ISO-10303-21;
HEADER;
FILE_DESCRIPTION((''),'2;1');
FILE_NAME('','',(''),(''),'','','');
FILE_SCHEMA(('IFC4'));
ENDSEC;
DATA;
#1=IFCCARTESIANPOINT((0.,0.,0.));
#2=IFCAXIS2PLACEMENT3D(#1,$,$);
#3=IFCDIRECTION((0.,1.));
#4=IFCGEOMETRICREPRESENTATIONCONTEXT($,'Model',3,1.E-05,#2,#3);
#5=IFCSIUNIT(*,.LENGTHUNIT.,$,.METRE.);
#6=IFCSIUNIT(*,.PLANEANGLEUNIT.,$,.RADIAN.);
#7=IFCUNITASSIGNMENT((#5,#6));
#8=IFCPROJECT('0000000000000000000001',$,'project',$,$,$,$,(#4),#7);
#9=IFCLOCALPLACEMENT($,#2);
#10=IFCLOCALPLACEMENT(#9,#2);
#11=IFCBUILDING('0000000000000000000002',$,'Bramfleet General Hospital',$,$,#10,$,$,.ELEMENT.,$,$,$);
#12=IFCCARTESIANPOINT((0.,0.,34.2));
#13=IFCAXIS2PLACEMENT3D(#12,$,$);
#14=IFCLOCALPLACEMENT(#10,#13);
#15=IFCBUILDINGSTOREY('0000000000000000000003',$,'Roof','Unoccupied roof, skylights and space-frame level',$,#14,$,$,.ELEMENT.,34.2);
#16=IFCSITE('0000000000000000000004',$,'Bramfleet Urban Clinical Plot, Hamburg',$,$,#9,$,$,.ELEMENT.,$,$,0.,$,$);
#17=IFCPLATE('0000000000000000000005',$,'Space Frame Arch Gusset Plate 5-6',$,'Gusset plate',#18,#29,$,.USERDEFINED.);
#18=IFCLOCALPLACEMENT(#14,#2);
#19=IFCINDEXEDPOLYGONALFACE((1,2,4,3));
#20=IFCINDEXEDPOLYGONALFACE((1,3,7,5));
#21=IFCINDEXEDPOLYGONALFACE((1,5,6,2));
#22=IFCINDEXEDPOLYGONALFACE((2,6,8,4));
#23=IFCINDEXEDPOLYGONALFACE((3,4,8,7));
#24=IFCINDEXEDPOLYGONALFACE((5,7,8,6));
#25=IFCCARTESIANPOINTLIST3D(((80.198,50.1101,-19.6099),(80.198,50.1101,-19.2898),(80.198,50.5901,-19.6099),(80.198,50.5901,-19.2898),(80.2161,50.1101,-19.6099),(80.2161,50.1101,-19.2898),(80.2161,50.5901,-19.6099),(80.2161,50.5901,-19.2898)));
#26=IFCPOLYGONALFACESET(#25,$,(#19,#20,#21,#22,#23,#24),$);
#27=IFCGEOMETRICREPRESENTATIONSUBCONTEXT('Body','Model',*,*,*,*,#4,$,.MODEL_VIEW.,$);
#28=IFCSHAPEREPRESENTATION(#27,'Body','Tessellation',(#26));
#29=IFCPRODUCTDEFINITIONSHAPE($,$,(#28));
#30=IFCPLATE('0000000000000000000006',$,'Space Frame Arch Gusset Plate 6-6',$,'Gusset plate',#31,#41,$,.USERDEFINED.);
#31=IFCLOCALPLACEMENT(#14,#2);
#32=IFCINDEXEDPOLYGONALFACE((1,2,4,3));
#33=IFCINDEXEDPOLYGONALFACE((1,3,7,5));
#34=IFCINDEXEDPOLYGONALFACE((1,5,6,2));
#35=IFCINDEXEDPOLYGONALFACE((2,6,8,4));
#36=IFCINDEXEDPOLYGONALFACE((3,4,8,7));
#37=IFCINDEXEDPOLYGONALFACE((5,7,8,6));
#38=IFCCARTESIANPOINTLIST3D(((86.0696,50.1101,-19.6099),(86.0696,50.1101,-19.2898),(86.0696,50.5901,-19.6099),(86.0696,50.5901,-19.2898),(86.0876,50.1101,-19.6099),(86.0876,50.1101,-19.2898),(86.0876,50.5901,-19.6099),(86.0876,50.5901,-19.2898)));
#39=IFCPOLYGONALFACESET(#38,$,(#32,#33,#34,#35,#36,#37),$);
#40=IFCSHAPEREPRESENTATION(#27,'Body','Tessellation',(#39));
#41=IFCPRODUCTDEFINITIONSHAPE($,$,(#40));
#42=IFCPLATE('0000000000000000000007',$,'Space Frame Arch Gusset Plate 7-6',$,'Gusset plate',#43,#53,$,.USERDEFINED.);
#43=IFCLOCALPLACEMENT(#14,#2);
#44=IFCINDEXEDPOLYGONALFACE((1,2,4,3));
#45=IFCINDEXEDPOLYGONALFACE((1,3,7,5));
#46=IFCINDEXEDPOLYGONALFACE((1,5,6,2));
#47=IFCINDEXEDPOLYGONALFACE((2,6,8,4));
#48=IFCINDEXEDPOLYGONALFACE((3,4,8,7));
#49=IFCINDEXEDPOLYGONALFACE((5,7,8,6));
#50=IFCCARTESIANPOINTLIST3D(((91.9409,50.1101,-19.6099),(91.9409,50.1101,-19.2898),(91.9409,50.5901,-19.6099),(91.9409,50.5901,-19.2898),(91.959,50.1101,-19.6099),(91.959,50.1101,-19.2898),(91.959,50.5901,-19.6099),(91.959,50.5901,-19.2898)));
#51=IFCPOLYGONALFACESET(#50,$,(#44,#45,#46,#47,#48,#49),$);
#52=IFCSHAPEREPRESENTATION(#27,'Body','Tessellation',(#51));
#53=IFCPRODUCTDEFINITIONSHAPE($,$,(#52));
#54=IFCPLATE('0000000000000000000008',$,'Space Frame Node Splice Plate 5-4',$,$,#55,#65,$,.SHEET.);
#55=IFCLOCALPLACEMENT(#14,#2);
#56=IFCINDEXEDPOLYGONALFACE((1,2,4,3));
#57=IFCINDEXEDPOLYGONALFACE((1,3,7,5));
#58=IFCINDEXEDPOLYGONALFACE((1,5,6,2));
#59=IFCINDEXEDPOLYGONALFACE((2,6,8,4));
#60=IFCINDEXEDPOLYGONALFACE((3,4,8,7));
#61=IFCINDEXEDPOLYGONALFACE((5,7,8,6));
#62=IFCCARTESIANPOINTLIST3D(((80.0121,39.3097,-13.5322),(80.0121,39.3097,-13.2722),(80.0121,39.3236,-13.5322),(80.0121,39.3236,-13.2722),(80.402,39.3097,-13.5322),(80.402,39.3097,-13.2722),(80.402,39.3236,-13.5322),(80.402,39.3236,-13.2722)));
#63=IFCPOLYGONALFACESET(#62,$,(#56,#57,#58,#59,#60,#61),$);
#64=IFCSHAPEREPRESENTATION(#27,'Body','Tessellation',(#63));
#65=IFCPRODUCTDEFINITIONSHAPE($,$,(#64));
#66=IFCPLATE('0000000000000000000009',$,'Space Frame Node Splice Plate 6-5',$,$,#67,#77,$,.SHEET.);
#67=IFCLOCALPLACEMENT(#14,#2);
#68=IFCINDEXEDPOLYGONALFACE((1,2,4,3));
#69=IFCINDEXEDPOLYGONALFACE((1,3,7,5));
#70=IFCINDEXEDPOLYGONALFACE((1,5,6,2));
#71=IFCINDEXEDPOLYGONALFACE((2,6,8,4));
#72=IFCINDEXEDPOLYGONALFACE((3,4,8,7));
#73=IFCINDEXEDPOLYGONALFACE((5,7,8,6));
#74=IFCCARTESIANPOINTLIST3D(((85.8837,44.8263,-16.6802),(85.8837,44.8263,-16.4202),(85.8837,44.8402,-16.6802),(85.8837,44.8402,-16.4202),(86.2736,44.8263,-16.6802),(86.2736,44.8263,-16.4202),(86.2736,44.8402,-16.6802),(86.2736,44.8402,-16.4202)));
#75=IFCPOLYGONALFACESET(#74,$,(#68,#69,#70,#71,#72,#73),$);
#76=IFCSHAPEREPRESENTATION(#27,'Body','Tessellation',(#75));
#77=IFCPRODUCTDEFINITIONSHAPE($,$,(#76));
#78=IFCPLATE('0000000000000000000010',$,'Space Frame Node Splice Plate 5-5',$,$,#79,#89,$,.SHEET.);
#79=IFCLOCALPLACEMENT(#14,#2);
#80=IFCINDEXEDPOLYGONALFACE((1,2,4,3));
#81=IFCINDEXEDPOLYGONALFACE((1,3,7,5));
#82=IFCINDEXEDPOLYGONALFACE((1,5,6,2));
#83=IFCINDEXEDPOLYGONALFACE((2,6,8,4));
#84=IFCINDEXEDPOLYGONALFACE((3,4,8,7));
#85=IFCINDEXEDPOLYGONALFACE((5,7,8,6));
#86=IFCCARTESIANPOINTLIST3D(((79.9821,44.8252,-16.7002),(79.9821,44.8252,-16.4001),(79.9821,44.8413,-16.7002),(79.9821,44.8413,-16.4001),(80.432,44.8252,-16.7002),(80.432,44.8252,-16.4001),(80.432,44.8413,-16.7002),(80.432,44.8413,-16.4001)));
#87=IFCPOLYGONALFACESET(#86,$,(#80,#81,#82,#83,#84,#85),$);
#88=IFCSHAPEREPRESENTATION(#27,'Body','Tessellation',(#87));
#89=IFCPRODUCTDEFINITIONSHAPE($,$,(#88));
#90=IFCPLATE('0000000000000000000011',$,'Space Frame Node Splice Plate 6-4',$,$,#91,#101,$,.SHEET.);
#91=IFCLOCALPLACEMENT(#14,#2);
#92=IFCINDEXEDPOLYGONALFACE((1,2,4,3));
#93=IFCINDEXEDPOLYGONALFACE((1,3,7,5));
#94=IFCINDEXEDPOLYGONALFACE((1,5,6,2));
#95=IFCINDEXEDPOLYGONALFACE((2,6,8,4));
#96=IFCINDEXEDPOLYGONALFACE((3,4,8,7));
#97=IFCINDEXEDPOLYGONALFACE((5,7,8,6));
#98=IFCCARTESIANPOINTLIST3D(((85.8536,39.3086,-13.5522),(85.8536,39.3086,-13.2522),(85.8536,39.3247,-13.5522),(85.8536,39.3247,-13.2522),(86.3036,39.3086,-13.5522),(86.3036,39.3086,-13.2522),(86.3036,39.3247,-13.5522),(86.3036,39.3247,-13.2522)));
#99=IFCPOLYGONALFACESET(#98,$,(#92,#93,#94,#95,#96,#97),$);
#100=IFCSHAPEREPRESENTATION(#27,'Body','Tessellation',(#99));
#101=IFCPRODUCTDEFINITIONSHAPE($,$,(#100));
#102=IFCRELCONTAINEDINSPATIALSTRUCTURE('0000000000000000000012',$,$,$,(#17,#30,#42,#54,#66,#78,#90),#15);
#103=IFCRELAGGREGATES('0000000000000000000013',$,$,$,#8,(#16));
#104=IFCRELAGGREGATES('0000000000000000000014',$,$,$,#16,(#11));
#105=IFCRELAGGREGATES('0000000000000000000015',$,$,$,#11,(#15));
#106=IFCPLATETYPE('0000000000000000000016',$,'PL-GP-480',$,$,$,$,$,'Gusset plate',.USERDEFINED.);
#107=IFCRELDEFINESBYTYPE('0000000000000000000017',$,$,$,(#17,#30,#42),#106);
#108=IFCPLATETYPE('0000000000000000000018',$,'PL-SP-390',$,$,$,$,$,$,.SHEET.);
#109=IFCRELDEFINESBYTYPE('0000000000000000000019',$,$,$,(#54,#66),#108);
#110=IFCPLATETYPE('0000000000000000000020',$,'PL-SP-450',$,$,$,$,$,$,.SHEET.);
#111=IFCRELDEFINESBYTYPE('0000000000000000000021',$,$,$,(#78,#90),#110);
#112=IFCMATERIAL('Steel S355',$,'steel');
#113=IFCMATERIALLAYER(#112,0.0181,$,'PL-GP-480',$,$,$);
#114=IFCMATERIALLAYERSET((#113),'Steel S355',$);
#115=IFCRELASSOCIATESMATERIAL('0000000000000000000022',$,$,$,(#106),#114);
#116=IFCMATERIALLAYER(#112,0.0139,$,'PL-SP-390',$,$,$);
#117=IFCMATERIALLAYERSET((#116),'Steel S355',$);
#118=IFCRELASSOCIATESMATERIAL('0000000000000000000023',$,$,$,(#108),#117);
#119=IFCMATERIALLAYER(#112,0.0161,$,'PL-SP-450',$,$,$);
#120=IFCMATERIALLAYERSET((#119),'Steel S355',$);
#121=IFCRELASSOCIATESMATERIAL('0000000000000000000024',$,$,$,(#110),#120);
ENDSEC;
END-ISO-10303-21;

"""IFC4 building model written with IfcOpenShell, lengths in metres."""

from ifc_helpers import new_model, si_unit, direction, frame, origin, origin_2d, place, context, subcontext, project, spatial, rectangle, extrude, material, layer, layer_set, type_object, element, save


model = new_model("IFC4")

# Units and contexts
model_context = context("Model", 3, precision=1e-05, world=origin(), true_north=direction((0.0, 1.0)))
body_context = subcontext(model_context, "Body", "Model", "MODEL_VIEW")
ifc_project = project(units=[si_unit("LENGTHUNIT", "METRE"), si_unit("PLANEANGLEUNIT", "RADIAN")], contexts=[model_context])

# Site, building, storey
site_placement = place(None, origin())
site = spatial("IfcSite", under=ifc_project, at=site_placement, Name="Bramfleet Urban Clinical Plot, Hamburg", CompositionType="ELEMENT", RefElevation=0.0)
building_placement = place(site_placement, origin())
building = spatial("IfcBuilding", under=site, at=building_placement, Name="Bramfleet General Hospital", CompositionType="ELEMENT")
storey_placement = place(building_placement, frame((0.0, 0.0, 34.2)))
storey = spatial("IfcBuildingStorey", under=building, at=storey_placement, Name="Roof", Description="Unoccupied roof, skylights and space-frame level", CompositionType="ELEMENT", Elevation=34.2)

# Shared definitions
ifc_material = material(Name="Steel S355", Category="steel")

# Plates
ifc_layer_1 = layer(ifc_material, 0.0181, Name="PL-GP-480")
ifc_layer_set_1 = layer_set([ifc_layer_1], Name="Steel S355")
plate_type_1 = type_object("IfcPlateType", Name="PL-GP-480", ElementType="Gusset plate", PredefinedType="USERDEFINED", material=ifc_layer_set_1)
for number, where, z_axis, x_axis, name in (
    (1, (80.207, 50.3501, -19.6099), (0.0, 0.0, 1.0), (0.0, 1.0, 0.0), "Space Frame Arch Gusset Plate 5-6"),
    (2, (86.0786, 50.3501, -19.6099), (0.0, 0.0, 1.0), (0.0, 1.0, 0.0), "Space Frame Arch Gusset Plate 6-6"),
    (3, (91.95, 50.3501, -19.6099), (0.0, 0.0, 1.0), (0.0, 1.0, 0.0), "Space Frame Arch Gusset Plate 7-6"),
):
    element("IfcPlate", number, at=place(storey_placement, frame(where, z_axis=z_axis, x_axis=x_axis)), inside=storey, type_object=plate_type_1, Name=name, ObjectType="Gusset plate", PredefinedType="USERDEFINED", context=body_context, shape_type="SweptSolid", body=[
        extrude(rectangle(XDim=0.48, YDim=0.0181, at=origin_2d()), origin(), (0.0, 0.0, 1.0), 0.3201),
    ])
ifc_layer_2 = layer(ifc_material, 0.0139, Name="PL-SP-390")
ifc_layer_set_2 = layer_set([ifc_layer_2], Name="Steel S355")
plate_type_2 = type_object("IfcPlateType", Name="PL-SP-390", PredefinedType="SHEET", material=ifc_layer_set_2)
for number, where, z_axis, x_axis, name in (
    (4, (80.207, 39.3167, -13.5322), (0.0, 0.0, 1.0), (1.0, 0.0, 0.0), "Space Frame Node Splice Plate 5-4"),
    (5, (86.0786, 44.8333, -16.6802), (0.0, 0.0, 1.0), (1.0, 0.0, 0.0), "Space Frame Node Splice Plate 6-5"),
):
    element("IfcPlate", number, at=place(storey_placement, frame(where, z_axis=z_axis, x_axis=x_axis)), inside=storey, type_object=plate_type_2, Name=name, PredefinedType="SHEET", context=body_context, shape_type="SweptSolid", body=[
        extrude(rectangle(XDim=0.3899, YDim=0.0139, at=origin_2d()), origin(), (0.0, 0.0, 1.0), 0.26),
    ])
ifc_layer_3 = layer(ifc_material, 0.0161, Name="PL-SP-450")
ifc_layer_set_3 = layer_set([ifc_layer_3], Name="Steel S355")
plate_type_3 = type_object("IfcPlateType", Name="PL-SP-450", PredefinedType="SHEET", material=ifc_layer_set_3)
for number, where, z_axis, x_axis, name in (
    (6, (80.207, 44.8333, -16.7002), (0.0, 0.0, 1.0), (1.0, 0.0, 0.0), "Space Frame Node Splice Plate 5-5"),
    (7, (86.0786, 39.3167, -13.5522), (0.0, 0.0, 1.0), (1.0, 0.0, 0.0), "Space Frame Node Splice Plate 6-4"),
):
    element("IfcPlate", number, at=place(storey_placement, frame(where, z_axis=z_axis, x_axis=x_axis)), inside=storey, type_object=plate_type_3, Name=name, PredefinedType="SHEET", context=body_context, shape_type="SweptSolid", body=[
        extrude(rectangle(XDim=0.45, YDim=0.0161, at=origin_2d()), origin(), (0.0, 0.0, 1.0), 0.3),
    ])

save(model, "model.ifc")
